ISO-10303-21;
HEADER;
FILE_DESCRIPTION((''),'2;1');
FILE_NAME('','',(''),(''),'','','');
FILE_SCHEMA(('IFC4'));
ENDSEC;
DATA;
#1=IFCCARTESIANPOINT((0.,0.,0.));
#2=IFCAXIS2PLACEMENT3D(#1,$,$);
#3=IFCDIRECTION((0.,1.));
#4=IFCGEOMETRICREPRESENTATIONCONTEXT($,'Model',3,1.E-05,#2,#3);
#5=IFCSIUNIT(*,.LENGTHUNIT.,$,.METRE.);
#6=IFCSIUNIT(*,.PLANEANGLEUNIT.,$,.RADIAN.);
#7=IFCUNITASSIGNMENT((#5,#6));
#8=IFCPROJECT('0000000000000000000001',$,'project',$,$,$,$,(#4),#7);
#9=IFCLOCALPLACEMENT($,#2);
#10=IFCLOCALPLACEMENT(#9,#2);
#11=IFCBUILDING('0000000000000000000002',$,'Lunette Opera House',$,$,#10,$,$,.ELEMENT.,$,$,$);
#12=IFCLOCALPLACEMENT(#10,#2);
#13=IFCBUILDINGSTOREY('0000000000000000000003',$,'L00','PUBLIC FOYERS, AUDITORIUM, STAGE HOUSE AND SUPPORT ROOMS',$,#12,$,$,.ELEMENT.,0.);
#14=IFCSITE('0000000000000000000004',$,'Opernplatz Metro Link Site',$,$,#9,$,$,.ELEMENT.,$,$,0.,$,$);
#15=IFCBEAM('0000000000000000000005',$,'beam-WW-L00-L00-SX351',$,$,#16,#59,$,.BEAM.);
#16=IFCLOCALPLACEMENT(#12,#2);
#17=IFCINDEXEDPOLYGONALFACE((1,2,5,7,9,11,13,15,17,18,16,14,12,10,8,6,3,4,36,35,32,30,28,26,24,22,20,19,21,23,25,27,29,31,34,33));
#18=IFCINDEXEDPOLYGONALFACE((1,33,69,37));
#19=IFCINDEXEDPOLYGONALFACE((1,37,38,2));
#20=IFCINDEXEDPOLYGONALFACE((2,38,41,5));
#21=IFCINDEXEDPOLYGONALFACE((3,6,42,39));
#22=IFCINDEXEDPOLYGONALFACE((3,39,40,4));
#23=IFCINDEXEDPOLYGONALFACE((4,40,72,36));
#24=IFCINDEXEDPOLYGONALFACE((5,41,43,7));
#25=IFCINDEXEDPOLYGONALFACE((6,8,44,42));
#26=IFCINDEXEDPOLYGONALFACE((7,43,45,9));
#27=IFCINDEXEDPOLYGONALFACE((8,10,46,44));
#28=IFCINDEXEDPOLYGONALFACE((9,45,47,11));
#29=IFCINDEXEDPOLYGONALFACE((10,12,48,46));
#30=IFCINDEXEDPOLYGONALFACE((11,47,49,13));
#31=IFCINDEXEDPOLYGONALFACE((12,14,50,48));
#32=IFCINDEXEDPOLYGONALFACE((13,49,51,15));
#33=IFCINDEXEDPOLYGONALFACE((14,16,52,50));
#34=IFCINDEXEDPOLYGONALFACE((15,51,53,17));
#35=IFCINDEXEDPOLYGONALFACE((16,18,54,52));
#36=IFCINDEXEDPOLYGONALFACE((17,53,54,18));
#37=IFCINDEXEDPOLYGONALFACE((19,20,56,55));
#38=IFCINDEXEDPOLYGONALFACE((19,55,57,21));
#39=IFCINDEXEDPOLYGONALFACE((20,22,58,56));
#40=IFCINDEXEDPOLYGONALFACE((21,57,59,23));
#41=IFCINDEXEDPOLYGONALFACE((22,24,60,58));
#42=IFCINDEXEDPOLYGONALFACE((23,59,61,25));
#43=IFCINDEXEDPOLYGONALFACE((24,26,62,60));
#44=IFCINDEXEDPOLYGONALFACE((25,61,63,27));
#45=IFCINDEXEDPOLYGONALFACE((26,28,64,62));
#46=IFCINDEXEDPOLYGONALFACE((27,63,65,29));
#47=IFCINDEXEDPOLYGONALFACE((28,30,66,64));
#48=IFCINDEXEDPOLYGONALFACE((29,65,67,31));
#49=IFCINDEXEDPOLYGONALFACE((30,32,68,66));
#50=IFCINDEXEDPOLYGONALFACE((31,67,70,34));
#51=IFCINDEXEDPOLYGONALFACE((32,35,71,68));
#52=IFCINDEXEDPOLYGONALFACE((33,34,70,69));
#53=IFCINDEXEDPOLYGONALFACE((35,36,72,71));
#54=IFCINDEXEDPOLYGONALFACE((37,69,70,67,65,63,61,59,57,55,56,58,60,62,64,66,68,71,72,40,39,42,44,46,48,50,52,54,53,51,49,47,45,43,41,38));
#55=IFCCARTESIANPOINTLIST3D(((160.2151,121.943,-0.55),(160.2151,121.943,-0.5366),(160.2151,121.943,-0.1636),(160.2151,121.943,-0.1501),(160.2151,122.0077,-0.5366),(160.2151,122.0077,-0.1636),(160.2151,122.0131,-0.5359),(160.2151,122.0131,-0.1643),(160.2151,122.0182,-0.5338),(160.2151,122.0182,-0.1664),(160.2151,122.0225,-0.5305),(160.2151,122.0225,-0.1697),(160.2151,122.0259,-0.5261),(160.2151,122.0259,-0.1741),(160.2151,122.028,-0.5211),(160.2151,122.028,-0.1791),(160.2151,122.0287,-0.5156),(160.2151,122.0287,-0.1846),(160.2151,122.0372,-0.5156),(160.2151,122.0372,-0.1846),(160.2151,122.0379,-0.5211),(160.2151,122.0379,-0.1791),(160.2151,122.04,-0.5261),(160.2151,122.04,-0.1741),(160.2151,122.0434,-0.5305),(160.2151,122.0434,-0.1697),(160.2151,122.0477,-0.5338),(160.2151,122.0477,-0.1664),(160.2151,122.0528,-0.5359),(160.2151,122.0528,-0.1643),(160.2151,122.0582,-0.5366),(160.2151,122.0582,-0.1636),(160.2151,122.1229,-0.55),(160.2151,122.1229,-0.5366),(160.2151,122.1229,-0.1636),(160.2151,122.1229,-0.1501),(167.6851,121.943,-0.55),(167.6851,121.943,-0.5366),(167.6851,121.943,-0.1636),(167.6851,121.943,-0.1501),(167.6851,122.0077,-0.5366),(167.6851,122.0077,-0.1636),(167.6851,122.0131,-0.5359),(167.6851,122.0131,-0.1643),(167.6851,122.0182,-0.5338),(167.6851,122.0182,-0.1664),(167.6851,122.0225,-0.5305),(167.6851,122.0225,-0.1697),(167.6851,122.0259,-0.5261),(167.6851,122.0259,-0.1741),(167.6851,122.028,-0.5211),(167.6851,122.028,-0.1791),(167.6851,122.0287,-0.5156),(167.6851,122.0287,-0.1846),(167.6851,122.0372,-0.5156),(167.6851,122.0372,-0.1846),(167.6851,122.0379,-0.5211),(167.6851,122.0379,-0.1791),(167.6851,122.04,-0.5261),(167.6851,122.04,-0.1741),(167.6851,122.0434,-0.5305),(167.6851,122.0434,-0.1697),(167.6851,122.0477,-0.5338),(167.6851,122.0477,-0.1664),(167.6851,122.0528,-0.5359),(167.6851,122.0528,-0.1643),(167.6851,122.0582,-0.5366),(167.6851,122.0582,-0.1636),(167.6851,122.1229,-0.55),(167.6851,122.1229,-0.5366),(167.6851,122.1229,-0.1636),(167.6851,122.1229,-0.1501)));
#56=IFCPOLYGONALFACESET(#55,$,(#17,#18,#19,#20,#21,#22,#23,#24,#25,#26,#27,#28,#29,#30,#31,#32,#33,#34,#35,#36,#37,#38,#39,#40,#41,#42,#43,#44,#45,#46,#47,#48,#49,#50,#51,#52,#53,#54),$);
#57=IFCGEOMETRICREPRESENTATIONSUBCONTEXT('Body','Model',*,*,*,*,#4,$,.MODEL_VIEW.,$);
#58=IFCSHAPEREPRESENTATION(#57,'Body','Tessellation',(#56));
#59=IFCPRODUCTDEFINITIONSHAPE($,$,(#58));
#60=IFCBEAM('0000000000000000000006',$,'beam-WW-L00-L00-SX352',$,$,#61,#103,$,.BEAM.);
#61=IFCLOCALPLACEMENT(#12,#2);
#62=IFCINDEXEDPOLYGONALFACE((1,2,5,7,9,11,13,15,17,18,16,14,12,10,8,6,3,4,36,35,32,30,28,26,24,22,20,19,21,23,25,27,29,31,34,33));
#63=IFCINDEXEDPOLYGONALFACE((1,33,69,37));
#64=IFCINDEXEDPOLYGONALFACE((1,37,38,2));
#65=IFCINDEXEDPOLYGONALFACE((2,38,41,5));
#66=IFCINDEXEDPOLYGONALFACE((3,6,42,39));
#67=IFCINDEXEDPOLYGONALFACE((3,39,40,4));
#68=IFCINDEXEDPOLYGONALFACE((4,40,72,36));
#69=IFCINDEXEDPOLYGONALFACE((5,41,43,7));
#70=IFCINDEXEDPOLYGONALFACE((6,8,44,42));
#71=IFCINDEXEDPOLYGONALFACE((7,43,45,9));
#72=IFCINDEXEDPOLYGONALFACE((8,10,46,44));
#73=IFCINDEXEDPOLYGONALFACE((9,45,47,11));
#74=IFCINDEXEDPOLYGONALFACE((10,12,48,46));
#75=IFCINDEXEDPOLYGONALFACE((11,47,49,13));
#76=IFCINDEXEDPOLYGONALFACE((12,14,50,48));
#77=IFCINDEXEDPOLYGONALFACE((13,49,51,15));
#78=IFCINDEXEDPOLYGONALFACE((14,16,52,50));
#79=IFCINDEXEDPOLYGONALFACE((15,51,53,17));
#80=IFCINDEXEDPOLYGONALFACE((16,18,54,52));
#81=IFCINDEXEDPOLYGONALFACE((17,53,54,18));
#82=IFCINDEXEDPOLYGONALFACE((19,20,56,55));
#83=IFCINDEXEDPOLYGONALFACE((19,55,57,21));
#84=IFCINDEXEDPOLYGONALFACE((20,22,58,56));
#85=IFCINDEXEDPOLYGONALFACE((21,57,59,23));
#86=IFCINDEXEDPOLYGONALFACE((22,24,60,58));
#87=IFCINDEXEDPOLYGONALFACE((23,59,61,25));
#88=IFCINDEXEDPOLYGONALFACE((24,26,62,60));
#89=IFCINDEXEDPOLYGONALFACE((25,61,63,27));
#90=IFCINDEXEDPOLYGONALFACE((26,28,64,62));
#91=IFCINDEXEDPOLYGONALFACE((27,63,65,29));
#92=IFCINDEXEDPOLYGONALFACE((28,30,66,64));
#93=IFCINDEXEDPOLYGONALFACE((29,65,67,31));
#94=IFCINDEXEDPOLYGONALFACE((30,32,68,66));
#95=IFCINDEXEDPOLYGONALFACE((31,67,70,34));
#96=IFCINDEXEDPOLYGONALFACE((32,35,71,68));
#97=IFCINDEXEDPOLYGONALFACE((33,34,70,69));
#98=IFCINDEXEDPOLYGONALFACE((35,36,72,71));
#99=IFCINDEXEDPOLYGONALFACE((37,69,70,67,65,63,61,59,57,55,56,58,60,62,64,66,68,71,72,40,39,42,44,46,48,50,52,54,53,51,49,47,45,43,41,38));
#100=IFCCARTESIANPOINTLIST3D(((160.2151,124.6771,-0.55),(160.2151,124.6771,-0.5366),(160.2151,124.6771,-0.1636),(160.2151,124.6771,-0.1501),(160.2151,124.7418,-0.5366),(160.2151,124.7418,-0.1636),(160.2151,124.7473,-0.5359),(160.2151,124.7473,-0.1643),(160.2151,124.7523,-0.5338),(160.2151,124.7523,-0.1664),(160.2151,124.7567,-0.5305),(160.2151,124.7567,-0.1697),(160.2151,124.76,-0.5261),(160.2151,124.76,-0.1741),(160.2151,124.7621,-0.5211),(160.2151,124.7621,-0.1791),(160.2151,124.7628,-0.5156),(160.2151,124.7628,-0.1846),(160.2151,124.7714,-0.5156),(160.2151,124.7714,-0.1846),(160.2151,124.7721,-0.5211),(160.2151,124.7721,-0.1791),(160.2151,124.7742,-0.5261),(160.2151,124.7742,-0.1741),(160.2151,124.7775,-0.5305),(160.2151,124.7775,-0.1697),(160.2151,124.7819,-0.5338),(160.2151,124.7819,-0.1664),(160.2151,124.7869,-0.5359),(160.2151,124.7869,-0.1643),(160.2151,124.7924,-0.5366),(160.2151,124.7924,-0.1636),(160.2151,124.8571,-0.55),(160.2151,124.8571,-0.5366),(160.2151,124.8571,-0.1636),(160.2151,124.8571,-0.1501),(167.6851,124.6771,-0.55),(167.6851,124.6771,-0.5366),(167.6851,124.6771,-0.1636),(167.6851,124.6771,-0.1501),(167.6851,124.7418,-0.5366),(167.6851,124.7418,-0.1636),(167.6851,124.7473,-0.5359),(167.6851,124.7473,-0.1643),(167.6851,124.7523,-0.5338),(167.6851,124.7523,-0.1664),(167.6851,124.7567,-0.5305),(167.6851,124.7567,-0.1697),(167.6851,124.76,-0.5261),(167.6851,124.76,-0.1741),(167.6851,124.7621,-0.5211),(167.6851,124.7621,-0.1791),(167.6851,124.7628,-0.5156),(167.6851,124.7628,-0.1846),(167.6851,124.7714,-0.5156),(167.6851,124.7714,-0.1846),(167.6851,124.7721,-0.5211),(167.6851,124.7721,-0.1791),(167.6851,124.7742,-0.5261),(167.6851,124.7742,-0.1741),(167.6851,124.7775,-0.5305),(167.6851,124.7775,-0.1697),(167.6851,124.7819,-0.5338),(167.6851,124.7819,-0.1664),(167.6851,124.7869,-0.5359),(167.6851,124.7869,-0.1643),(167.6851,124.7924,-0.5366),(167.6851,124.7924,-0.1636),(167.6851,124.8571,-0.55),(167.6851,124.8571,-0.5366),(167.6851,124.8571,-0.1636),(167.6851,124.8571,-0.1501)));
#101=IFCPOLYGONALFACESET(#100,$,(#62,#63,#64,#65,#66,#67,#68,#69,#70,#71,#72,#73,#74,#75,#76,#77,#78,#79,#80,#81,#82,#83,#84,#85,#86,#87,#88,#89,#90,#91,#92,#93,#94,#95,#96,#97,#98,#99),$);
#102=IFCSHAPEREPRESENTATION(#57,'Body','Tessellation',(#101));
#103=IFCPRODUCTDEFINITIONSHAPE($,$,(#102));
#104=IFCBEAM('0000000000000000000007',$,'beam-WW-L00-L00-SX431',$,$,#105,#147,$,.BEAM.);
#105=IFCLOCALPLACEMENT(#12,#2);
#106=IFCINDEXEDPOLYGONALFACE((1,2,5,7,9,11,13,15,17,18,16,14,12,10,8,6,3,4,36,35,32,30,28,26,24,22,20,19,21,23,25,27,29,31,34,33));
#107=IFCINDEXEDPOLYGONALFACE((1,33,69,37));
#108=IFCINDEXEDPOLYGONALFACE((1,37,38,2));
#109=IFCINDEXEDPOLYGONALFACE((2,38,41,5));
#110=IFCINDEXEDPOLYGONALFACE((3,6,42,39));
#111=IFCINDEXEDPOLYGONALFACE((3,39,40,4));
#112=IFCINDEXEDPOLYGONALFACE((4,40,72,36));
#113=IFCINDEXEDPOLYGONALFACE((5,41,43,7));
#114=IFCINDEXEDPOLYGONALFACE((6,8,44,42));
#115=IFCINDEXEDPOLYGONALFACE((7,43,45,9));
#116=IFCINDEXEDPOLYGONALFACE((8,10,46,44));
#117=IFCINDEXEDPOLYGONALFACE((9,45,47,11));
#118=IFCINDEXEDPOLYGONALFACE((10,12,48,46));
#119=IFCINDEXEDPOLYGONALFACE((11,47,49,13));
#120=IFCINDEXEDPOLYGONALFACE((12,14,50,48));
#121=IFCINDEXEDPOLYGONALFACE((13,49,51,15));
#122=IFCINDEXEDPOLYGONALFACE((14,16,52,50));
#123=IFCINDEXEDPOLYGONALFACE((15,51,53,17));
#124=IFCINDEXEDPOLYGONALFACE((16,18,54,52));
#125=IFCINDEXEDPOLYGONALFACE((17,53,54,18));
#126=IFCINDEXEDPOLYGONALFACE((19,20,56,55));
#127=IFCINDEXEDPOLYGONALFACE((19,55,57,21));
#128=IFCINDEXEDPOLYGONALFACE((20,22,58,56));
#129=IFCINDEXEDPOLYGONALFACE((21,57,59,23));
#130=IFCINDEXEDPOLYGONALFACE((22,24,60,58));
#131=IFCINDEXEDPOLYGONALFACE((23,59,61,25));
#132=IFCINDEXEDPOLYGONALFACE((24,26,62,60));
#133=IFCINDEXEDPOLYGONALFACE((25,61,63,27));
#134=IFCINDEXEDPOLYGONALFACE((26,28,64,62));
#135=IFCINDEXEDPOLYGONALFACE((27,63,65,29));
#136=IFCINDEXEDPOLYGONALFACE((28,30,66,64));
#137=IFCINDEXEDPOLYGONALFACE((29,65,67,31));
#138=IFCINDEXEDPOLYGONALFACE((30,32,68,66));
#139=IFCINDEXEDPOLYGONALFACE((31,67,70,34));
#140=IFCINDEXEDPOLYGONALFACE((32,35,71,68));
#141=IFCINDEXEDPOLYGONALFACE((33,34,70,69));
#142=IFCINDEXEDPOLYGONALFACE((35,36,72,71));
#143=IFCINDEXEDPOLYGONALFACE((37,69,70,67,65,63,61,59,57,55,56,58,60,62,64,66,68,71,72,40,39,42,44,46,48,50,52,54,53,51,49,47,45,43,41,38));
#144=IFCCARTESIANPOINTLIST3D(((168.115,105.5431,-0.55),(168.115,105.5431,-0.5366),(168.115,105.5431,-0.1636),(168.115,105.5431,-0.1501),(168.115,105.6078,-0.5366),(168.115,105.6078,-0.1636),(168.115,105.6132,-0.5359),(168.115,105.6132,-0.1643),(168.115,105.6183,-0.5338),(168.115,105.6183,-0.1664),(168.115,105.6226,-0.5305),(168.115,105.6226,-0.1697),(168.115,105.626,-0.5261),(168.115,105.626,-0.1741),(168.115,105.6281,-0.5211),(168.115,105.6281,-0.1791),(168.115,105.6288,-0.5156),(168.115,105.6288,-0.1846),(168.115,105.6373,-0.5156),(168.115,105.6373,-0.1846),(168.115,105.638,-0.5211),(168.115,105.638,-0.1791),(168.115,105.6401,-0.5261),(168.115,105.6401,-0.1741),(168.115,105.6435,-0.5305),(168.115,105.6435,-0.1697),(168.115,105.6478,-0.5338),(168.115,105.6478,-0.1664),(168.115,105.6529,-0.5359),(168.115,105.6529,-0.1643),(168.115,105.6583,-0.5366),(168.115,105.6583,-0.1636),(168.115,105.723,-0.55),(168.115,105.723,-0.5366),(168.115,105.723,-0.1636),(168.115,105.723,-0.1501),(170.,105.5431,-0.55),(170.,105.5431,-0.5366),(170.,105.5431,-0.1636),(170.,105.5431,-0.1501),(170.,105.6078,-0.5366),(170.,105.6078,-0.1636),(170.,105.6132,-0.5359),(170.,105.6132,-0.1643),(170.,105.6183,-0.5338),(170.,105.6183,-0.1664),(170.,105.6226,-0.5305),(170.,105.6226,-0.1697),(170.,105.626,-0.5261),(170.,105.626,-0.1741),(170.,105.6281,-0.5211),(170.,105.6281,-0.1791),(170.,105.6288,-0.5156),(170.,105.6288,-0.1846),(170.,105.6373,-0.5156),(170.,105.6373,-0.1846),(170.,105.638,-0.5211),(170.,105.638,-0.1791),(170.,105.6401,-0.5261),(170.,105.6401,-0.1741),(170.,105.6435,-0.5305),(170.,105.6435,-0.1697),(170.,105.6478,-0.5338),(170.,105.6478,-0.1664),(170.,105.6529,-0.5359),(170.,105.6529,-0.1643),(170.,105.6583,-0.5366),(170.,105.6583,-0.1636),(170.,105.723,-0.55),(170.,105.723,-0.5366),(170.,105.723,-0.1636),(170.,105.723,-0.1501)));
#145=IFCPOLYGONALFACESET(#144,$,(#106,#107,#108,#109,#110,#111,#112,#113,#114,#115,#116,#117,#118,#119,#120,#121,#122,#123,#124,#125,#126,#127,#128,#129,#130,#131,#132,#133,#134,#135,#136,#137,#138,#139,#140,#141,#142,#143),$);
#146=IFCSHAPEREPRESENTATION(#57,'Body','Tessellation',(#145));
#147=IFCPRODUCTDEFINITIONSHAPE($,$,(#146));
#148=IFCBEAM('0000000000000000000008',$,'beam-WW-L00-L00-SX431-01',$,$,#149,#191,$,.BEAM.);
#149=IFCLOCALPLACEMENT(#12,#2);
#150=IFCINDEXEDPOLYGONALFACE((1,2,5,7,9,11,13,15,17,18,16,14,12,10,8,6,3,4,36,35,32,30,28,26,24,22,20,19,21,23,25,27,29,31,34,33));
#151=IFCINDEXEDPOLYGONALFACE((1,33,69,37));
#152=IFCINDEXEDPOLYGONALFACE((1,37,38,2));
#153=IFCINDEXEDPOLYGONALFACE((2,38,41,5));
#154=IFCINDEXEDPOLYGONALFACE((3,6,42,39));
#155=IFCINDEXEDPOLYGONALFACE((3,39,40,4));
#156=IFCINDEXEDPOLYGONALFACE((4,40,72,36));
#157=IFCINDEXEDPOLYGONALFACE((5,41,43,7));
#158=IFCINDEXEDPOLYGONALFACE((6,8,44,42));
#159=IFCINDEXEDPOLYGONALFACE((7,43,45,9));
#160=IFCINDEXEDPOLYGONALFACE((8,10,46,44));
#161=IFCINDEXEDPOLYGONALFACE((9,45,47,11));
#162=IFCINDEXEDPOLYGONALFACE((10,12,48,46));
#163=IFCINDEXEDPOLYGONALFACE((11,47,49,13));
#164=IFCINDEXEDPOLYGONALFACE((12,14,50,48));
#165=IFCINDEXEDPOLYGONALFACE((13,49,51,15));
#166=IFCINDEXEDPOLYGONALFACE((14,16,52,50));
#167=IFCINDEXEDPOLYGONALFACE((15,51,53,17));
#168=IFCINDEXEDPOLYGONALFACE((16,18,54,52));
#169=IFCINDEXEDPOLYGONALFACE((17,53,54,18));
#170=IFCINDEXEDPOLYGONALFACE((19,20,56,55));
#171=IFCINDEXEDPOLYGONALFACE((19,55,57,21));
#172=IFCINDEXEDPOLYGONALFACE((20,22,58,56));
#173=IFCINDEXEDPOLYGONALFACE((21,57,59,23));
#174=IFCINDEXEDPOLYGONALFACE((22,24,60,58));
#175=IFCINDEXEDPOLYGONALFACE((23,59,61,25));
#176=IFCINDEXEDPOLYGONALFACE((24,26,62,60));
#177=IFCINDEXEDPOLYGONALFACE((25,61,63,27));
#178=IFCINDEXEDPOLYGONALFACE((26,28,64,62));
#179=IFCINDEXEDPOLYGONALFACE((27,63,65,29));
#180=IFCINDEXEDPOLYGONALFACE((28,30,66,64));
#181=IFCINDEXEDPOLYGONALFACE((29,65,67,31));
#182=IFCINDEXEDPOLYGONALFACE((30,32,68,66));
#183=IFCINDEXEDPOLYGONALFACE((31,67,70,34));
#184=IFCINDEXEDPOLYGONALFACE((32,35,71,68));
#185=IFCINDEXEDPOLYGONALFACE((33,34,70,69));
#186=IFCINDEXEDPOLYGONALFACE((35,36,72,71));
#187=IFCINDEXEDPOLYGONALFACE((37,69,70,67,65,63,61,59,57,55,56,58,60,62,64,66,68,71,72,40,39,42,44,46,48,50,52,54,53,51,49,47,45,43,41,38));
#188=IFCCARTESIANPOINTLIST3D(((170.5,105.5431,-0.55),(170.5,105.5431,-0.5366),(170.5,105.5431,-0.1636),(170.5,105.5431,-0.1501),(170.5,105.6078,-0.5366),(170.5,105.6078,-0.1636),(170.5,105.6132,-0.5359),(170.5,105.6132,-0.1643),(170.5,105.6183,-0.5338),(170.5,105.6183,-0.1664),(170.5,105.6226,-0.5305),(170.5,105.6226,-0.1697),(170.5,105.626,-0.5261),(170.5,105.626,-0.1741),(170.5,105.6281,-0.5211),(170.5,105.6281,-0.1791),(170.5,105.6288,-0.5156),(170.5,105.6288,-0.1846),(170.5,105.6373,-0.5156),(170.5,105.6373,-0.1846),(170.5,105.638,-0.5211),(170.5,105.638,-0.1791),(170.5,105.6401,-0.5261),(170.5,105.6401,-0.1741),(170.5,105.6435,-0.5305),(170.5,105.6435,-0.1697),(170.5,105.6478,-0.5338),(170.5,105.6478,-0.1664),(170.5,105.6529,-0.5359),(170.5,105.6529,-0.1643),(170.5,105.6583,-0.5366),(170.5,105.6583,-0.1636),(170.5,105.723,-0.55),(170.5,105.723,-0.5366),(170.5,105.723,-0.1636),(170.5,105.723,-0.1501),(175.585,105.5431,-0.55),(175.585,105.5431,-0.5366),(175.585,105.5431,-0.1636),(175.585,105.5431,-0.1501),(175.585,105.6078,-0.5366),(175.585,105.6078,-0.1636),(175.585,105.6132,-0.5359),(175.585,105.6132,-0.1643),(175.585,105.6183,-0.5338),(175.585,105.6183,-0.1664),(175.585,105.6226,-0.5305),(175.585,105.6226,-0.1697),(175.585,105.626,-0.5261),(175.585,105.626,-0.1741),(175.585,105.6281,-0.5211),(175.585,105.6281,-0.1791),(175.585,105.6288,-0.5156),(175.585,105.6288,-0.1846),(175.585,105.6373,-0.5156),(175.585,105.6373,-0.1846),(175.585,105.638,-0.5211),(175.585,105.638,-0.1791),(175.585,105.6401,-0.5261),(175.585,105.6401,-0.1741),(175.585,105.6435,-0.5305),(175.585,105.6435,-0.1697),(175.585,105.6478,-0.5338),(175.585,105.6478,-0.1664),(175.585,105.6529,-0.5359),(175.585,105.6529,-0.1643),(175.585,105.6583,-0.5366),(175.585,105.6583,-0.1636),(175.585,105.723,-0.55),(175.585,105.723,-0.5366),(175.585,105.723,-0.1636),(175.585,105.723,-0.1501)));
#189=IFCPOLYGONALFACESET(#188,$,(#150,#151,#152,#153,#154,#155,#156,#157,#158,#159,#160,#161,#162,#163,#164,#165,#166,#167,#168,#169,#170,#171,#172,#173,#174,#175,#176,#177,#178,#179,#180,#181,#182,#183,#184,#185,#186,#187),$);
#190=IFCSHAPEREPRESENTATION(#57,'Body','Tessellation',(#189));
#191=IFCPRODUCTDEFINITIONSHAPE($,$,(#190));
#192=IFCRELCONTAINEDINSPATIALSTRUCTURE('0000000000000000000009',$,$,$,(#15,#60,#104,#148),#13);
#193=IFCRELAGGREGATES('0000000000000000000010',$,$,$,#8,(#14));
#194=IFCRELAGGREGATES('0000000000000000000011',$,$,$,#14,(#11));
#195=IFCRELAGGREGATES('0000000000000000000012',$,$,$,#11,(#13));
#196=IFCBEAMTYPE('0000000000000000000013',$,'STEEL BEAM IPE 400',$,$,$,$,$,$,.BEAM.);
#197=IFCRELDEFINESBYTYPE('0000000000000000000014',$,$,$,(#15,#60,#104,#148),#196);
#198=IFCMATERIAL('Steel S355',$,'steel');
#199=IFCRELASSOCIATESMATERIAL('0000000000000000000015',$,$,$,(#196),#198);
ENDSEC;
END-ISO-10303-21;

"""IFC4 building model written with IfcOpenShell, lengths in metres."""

from ifc_helpers import new_model, si_unit, direction, frame, origin, origin_2d, place, context, subcontext, project, spatial, i_section, extrude, material, material_profile, profile_set, type_object, element, save


model = new_model("IFC4")

# Units and contexts
model_context = context("Model", 3, precision=1e-05, world=origin(), true_north=direction((0.0, 1.0)))
body_context = subcontext(model_context, "Body", "Model", "MODEL_VIEW")
ifc_project = project(units=[si_unit("LENGTHUNIT", "METRE"), si_unit("PLANEANGLEUNIT", "RADIAN")], contexts=[model_context])

# Site, building, storey
site_placement = place(None, origin())
site = spatial("IfcSite", under=ifc_project, at=site_placement, Name="Opernplatz Metro Link Site", CompositionType="ELEMENT", RefElevation=0.0)
building_placement = place(site_placement, origin())
building = spatial("IfcBuilding", under=site, at=building_placement, Name="Lunette Opera House", CompositionType="ELEMENT")
storey_placement = place(building_placement, origin())
storey = spatial("IfcBuildingStorey", under=building, at=storey_placement, Name="L00", Description="PUBLIC FOYERS, AUDITORIUM, STAGE HOUSE AND SUPPORT ROOMS", CompositionType="ELEMENT", Elevation=0.0)

# Beams
ifc_material_1 = material(Name="Steel S355", Category="steel")
ifc_material_profile_1 = material_profile(ifc_material_1, i_section(OverallWidth=0.1799, OverallDepth=0.3999, WebThickness=0.0085, FlangeThickness=0.0134, FilletRadius=0.021, at=origin_2d()), Name="IPE 400")
ifc_profile_set_1 = profile_set([ifc_material_profile_1], Name="Steel S355")
beam_type_1 = type_object("IfcBeamType", Name="STEEL BEAM IPE 400", PredefinedType="BEAM", material=ifc_profile_set_1)
for number, where, z_axis, x_axis, name in (
    (1, (160.2151, 122.033, -0.3501), (1.0, 0.0, 0.0), (0.0, 1.0, 0.0), "beam-WW-L00-L00-SX351"),
    (2, (160.2151, 124.7671, -0.3501), (1.0, 0.0, 0.0), (0.0, 1.0, 0.0), "beam-WW-L00-L00-SX352"),
):
    element("IfcBeam", number, at=place(storey_placement, frame(where, z_axis=z_axis, x_axis=x_axis)), inside=storey, type_object=beam_type_1, Name=name, PredefinedType="BEAM", context=body_context, shape_type="SweptSolid", body=[
        extrude(i_section(OverallWidth=0.1799, OverallDepth=0.3999, WebThickness=0.0085, FlangeThickness=0.0134, FilletRadius=0.021, at=origin_2d()), origin(), (0.0, 0.0, 1.0), 7.47),
    ])
beam_1_placement = place(storey_placement, frame((168.115, 105.6331, -0.3501), z_axis=(1.0, 0.0, 0.0), x_axis=(0.0, 1.0, 0.0)))
element("IfcBeam", 3, at=beam_1_placement, inside=storey, type_object=beam_type_1, Name="beam-WW-L00-L00-SX431", PredefinedType="BEAM", context=body_context, shape_type="SweptSolid", body=[
    extrude(i_section(OverallWidth=0.1799, OverallDepth=0.3999, WebThickness=0.0085, FlangeThickness=0.0134, FilletRadius=0.021, at=origin_2d()), origin(), (0.0, 0.0, 1.0), 1.885),
])
beam_2_placement = place(storey_placement, frame((170.5, 105.6331, -0.3501), z_axis=(1.0, 0.0, 0.0), x_axis=(0.0, 1.0, 0.0)))
element("IfcBeam", 4, at=beam_2_placement, inside=storey, type_object=beam_type_1, Name="beam-WW-L00-L00-SX431-01", PredefinedType="BEAM", context=body_context, shape_type="SweptSolid", body=[
    extrude(i_section(OverallWidth=0.1799, OverallDepth=0.3999, WebThickness=0.0085, FlangeThickness=0.0134, FilletRadius=0.021, at=origin_2d()), origin(), (0.0, 0.0, 1.0), 5.085),
])

save(model, "model.ifc")
